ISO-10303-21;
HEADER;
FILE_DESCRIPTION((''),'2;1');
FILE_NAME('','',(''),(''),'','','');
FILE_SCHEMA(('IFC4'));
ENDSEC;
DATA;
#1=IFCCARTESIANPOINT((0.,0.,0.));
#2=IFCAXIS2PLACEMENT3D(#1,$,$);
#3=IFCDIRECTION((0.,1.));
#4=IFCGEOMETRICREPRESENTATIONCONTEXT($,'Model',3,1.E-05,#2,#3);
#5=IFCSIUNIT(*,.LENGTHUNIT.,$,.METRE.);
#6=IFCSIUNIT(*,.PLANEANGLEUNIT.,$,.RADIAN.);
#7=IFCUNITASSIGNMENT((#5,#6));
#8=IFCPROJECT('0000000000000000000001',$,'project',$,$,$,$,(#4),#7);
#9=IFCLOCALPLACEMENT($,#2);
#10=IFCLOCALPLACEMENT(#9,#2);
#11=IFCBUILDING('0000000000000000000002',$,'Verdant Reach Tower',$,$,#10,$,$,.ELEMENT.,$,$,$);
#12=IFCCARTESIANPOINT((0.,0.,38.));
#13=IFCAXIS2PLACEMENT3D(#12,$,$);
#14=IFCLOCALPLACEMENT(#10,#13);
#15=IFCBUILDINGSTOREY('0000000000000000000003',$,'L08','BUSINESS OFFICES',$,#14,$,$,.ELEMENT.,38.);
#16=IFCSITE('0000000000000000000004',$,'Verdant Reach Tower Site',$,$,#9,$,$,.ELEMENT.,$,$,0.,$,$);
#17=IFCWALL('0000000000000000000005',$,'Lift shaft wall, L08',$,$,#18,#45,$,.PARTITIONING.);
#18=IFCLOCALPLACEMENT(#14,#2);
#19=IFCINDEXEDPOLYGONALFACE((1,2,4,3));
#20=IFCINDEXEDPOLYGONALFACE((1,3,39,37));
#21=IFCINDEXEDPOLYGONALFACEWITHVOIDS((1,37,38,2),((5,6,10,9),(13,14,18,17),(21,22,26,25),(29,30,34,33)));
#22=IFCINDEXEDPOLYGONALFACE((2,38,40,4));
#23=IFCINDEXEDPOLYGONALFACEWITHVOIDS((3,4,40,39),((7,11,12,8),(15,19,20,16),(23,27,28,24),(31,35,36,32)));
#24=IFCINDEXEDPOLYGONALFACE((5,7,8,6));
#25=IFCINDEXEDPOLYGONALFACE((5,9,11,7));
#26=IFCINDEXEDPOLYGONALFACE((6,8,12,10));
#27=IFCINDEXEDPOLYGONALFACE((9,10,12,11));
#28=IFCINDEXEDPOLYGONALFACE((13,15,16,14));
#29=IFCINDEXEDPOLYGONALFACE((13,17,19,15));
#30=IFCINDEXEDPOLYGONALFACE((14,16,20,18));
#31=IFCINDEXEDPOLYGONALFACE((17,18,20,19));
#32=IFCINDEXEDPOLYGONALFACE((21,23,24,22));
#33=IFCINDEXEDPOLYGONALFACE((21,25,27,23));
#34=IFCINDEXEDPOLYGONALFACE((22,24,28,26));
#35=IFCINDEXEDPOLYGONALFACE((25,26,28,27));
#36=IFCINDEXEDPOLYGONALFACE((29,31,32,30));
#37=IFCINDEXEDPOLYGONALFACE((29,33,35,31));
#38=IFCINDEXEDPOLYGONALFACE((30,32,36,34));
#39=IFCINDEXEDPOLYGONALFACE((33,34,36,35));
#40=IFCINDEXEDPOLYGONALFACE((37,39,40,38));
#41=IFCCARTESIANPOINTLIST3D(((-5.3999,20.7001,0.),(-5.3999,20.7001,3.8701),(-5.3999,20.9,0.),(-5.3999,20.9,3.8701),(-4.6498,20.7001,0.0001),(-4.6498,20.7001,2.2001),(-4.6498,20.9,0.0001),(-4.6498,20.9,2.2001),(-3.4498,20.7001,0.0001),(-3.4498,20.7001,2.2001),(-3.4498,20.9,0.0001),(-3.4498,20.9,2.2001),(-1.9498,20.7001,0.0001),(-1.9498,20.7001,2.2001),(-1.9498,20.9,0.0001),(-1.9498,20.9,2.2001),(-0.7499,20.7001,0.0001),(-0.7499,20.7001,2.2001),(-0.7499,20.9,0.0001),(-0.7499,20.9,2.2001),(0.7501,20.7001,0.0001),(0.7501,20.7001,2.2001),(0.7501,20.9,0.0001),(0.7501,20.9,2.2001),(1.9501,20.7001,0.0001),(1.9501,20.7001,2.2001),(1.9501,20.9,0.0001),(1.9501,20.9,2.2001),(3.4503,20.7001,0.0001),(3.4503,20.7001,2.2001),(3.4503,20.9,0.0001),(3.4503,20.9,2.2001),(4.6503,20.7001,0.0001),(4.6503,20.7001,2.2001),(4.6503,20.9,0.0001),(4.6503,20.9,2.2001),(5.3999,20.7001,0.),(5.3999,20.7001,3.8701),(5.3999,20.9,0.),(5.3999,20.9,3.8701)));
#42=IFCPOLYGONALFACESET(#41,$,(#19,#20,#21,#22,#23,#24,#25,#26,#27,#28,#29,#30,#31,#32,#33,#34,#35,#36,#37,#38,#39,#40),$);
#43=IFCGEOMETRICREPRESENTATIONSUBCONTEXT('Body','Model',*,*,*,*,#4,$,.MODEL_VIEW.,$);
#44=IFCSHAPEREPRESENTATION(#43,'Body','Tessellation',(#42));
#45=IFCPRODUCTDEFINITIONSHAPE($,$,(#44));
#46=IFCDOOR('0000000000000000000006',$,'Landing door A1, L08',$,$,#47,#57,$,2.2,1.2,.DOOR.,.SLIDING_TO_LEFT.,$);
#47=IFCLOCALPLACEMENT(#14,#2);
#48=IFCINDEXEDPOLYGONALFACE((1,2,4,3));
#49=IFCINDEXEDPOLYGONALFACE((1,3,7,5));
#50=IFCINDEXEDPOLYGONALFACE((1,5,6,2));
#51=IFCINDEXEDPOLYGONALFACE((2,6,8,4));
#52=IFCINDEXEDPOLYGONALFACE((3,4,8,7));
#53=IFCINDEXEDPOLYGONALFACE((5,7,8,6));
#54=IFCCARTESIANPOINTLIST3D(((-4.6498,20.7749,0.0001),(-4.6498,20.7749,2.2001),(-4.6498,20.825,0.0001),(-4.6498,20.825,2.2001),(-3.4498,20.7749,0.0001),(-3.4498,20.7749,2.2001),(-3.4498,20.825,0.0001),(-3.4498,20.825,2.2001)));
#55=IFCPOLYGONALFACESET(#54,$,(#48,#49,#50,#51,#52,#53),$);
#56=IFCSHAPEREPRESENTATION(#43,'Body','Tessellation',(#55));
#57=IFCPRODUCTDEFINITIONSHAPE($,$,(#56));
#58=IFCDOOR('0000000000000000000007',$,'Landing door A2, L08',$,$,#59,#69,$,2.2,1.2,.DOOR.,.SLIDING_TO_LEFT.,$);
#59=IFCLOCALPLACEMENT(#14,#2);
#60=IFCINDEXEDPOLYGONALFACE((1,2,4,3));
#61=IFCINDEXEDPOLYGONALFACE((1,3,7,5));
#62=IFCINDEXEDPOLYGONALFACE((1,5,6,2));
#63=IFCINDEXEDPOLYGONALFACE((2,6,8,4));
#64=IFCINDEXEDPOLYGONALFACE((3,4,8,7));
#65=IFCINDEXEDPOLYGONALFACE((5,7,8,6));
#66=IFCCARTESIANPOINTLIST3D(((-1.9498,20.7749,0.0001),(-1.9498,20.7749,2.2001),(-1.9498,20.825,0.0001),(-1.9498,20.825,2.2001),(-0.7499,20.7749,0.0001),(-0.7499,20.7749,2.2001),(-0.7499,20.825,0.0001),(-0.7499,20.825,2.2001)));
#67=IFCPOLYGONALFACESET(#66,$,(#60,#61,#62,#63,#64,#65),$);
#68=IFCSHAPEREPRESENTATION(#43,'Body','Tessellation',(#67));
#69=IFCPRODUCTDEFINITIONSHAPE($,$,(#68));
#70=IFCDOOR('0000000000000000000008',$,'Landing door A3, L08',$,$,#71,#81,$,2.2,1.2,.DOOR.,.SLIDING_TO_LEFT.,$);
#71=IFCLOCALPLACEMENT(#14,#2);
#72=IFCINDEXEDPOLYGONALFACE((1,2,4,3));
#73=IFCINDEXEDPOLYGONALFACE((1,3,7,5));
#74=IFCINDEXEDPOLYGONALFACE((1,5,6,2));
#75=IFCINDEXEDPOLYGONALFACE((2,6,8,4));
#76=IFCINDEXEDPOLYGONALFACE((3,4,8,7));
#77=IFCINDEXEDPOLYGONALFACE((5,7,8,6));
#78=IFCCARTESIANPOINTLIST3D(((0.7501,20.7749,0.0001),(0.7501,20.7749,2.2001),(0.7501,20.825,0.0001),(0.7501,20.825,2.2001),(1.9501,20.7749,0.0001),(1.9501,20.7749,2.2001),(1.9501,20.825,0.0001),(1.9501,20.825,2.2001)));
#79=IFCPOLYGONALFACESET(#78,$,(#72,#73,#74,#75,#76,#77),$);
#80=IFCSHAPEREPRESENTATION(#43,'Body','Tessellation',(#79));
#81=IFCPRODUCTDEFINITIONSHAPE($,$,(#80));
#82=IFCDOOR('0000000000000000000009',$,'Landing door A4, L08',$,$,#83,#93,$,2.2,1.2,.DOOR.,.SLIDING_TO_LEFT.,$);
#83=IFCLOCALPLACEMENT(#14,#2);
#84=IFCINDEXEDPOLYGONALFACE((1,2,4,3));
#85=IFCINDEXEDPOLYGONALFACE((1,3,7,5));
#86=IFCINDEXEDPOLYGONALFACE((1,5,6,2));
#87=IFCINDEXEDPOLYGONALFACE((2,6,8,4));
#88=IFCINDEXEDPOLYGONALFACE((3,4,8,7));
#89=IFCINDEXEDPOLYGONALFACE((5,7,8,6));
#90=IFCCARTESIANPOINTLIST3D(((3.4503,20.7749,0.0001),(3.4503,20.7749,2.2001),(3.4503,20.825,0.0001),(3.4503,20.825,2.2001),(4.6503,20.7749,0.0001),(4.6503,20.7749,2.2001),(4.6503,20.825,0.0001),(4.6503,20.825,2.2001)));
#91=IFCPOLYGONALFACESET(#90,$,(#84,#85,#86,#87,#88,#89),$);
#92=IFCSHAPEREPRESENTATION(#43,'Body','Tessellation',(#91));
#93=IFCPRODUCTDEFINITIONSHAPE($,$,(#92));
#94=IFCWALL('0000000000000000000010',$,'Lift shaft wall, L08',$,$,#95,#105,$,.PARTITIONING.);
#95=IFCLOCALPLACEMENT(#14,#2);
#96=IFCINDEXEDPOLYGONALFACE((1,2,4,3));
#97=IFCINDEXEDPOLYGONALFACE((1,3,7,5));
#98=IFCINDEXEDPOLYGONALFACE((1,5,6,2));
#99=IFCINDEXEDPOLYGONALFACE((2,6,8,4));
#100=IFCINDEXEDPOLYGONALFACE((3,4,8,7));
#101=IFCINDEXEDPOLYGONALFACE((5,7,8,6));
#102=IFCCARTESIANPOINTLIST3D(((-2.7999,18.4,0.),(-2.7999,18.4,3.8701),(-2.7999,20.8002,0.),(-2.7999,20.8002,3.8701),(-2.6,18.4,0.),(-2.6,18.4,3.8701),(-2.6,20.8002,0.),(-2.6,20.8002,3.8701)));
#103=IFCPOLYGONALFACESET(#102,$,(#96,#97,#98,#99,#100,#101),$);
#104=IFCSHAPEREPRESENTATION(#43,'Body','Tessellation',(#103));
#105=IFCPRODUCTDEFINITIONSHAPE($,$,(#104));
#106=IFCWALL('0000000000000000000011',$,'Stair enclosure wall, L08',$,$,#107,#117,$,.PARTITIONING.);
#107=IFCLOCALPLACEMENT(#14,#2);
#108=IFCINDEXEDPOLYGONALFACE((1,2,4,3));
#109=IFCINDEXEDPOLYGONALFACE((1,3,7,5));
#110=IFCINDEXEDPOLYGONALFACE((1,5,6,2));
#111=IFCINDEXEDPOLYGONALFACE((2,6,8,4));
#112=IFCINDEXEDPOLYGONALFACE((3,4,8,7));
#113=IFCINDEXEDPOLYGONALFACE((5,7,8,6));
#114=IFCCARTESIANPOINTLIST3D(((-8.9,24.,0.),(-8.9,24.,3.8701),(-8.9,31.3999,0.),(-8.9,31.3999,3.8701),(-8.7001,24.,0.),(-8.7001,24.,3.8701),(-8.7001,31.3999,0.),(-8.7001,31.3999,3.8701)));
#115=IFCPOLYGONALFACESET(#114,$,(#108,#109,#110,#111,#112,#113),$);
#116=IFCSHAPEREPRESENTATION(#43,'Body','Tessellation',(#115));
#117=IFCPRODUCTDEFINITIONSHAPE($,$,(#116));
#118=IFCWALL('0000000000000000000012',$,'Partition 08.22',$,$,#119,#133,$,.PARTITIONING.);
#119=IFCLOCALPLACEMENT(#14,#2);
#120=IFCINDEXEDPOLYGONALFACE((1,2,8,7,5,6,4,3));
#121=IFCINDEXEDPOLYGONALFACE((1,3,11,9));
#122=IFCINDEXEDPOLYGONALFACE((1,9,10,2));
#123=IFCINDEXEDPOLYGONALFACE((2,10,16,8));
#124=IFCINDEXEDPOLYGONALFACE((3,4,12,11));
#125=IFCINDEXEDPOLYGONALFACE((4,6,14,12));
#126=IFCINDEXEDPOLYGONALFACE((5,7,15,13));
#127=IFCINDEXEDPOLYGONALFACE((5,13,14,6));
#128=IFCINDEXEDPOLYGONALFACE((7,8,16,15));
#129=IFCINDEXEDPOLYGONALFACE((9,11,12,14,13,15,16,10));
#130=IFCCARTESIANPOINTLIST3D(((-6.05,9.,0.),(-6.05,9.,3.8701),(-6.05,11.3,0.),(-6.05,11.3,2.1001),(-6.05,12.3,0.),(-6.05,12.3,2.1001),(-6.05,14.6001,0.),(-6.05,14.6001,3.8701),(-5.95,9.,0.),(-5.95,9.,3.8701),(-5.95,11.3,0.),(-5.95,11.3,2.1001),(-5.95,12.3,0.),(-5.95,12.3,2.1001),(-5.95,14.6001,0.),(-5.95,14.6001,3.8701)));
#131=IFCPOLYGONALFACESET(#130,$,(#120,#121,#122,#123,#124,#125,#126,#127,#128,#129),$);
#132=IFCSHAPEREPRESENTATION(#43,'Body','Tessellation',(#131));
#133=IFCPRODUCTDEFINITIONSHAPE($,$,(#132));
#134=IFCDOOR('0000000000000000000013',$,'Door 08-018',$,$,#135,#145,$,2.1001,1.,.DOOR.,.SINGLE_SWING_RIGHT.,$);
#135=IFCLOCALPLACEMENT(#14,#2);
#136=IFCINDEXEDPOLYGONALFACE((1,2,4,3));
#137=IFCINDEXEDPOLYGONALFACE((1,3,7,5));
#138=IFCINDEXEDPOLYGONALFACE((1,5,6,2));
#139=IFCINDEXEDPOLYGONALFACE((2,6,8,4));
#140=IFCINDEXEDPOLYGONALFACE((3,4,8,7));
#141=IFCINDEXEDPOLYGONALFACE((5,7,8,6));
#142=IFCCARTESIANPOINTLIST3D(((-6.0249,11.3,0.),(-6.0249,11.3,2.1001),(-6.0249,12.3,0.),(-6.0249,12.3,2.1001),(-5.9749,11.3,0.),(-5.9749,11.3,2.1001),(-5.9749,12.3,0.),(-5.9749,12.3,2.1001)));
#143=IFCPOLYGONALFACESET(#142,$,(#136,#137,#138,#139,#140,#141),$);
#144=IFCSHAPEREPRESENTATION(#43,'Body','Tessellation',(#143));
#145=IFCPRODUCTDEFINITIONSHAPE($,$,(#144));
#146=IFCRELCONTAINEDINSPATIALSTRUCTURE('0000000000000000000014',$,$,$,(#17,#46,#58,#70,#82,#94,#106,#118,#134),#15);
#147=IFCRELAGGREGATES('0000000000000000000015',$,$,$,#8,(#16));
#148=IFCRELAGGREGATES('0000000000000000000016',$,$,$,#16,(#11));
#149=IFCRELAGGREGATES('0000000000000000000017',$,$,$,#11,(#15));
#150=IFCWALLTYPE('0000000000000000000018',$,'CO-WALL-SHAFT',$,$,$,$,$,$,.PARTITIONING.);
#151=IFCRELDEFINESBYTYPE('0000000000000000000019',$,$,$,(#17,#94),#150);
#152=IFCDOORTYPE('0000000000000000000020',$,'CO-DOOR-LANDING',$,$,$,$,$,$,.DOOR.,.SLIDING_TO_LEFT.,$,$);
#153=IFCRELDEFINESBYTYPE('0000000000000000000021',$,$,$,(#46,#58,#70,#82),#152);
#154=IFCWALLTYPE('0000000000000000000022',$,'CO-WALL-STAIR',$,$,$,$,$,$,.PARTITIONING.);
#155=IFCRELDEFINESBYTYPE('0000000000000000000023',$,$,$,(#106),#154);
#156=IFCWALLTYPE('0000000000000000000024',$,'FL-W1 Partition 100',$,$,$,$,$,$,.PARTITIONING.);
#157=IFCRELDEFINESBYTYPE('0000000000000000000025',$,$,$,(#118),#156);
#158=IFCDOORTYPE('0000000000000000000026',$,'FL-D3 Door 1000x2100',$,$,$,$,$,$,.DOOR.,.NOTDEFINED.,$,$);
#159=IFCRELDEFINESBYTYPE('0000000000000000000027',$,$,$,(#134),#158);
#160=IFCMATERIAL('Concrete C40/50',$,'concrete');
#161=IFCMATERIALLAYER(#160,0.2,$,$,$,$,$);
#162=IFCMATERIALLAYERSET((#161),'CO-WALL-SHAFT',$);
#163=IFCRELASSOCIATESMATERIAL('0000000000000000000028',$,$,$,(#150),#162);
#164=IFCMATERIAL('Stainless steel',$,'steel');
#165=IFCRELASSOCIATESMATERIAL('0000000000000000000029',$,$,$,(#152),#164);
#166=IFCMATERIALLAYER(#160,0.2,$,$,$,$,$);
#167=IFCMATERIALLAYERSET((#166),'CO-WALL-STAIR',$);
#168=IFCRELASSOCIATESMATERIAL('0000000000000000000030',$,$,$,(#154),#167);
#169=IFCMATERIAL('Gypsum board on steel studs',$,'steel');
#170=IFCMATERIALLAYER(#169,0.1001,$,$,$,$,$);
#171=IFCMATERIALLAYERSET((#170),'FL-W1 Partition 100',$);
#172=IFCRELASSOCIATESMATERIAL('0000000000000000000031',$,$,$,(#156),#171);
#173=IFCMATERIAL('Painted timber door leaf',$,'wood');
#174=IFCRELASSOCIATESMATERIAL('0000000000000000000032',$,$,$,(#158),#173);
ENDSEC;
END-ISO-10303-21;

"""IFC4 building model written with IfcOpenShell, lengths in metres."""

from ifc_helpers import new_model, si_unit, direction, frame, frame_2d, origin, place, context, subcontext, project, spatial, rectangle, extrude, material, layer, layer_set, type_object, element, fill, save


model = new_model("IFC4")

# Units and contexts
model_context = context("Model", 3, precision=1e-05, world=origin(), true_north=direction((0.0, 1.0)))
body_context = subcontext(model_context, "Body", "Model", "MODEL_VIEW")
ifc_project = project(units=[si_unit("LENGTHUNIT", "METRE"), si_unit("PLANEANGLEUNIT", "RADIAN")], contexts=[model_context])

# Site, building, storey
site_placement = place(None, origin())
site = spatial("IfcSite", under=ifc_project, at=site_placement, Name="Verdant Reach Tower Site", CompositionType="ELEMENT", RefElevation=0.0)
building_placement = place(site_placement, origin())
building = spatial("IfcBuilding", under=site, at=building_placement, Name="Verdant Reach Tower", CompositionType="ELEMENT")
storey_placement = place(building_placement, frame((0.0, 0.0, 38.0)))
storey = spatial("IfcBuildingStorey", under=building, at=storey_placement, Name="L08", Description="BUSINESS OFFICES", CompositionType="ELEMENT", Elevation=38.0)

# Shared definitions
ifc_material_1 = material(Name="Gypsum board on steel studs", Category="steel")

# Wall, openings, doors
ifc_material_2 = material(Name="Concrete C40/50", Category="concrete")
ifc_layer_1 = layer(ifc_material_2, 0.2)
ifc_layer_set_1 = layer_set([ifc_layer_1], Name="CO-WALL-SHAFT")
wall_type_1 = type_object("IfcWallType", Name="CO-WALL-SHAFT", PredefinedType="PARTITIONING", material=ifc_layer_set_1)
wall_1_placement = place(storey_placement, frame((-5.3999, 20.8, 0.0), z_axis=(0.0, 0.0, 1.0), x_axis=(1.0, 0.0, 0.0)))
wall_1 = element("IfcWall", 1, at=wall_1_placement, inside=storey, type_object=wall_type_1, Name="Lift shaft wall, L08", PredefinedType="PARTITIONING", context=body_context, shape_type="SweptSolid", body=[
    extrude(rectangle(XDim=10.7998, YDim=0.2, at=frame_2d((5.3999, 0.0))), origin(), (0.0, 0.0, 1.0), 3.8701),
])
opening_1_placement = place(wall_1_placement, frame((0.75, 0.0, 0.0)))
opening_1 = element("IfcOpeningElement", 2, at=opening_1_placement, cuts=wall_1, PredefinedType="OPENING", context=body_context, shape_type="SweptSolid", body=[
    extrude(rectangle(XDim=1.2, YDim=2.2, at=frame_2d((0.6001, 1.1001))), frame((0.0, 0.1099, 0.0), z_axis=(0.0, -1.0, 0.0), x_axis=(1.0, 0.0, 0.0)), (0.0, 0.0, 1.0), 0.22),
])
opening_2_placement = place(wall_1_placement, frame((3.45, 0.0, 0.0)))
opening_2 = element("IfcOpeningElement", 3, at=opening_2_placement, cuts=wall_1, PredefinedType="OPENING", context=body_context, shape_type="SweptSolid", body=[
    extrude(rectangle(XDim=1.2, YDim=2.2, at=frame_2d((0.6001, 1.1001))), frame((0.0, 0.1099, 0.0), z_axis=(0.0, -1.0, 0.0), x_axis=(1.0, 0.0, 0.0)), (0.0, 0.0, 1.0), 0.22),
])
opening_3_placement = place(wall_1_placement, frame((6.1499, 0.0, 0.0)))
opening_3 = element("IfcOpeningElement", 4, at=opening_3_placement, cuts=wall_1, PredefinedType="OPENING", context=body_context, shape_type="SweptSolid", body=[
    extrude(rectangle(XDim=1.2, YDim=2.2, at=frame_2d((0.6001, 1.1001))), frame((0.0, 0.1099, 0.0), z_axis=(0.0, -1.0, 0.0), x_axis=(1.0, 0.0, 0.0)), (0.0, 0.0, 1.0), 0.22),
])
opening_4_placement = place(wall_1_placement, frame((8.8501, 0.0, 0.0)))
opening_4 = element("IfcOpeningElement", 5, at=opening_4_placement, cuts=wall_1, PredefinedType="OPENING", context=body_context, shape_type="SweptSolid", body=[
    extrude(rectangle(XDim=1.2, YDim=2.2, at=frame_2d((0.6001, 1.1001))), frame((0.0, 0.1099, 0.0), z_axis=(0.0, -1.0, 0.0), x_axis=(1.0, 0.0, 0.0)), (0.0, 0.0, 1.0), 0.22),
])
ifc_material_3 = material(Name="Stainless steel", Category="steel")
door_type_1 = type_object("IfcDoorType", Name="CO-DOOR-LANDING", OperationType="SLIDING_TO_LEFT", PredefinedType="DOOR", material=ifc_material_3)
door_1_placement = place(opening_1_placement, origin())
door_1 = element("IfcDoor", 6, at=door_1_placement, inside=storey, type_object=door_type_1, Name="Landing door A1, L08", OperationType="SLIDING_TO_LEFT", OverallHeight=2.2, OverallWidth=1.2, PredefinedType="DOOR", context=body_context, shape_type="SweptSolid", body=[
    extrude(rectangle(XDim=1.2, YDim=2.2, at=frame_2d((0.6001, 1.1001))), frame((0.0, 0.0249, 0.0), z_axis=(0.0, -1.0, 0.0), x_axis=(1.0, 0.0, 0.0)), (0.0, 0.0, 1.0), 0.05),
])
fill(opening_1, door_1)
door_2_placement = place(opening_2_placement, origin())
door_2 = element("IfcDoor", 7, at=door_2_placement, inside=storey, type_object=door_type_1, Name="Landing door A2, L08", OperationType="SLIDING_TO_LEFT", OverallHeight=2.2, OverallWidth=1.2, PredefinedType="DOOR", context=body_context, shape_type="SweptSolid", body=[
    extrude(rectangle(XDim=1.2, YDim=2.2, at=frame_2d((0.6001, 1.1001))), frame((0.0, 0.0249, 0.0), z_axis=(0.0, -1.0, 0.0), x_axis=(1.0, 0.0, 0.0)), (0.0, 0.0, 1.0), 0.05),
])
fill(opening_2, door_2)
door_3_placement = place(opening_3_placement, origin())
door_3 = element("IfcDoor", 8, at=door_3_placement, inside=storey, type_object=door_type_1, Name="Landing door A3, L08", OperationType="SLIDING_TO_LEFT", OverallHeight=2.2, OverallWidth=1.2, PredefinedType="DOOR", context=body_context, shape_type="SweptSolid", body=[
    extrude(rectangle(XDim=1.2, YDim=2.2, at=frame_2d((0.6001, 1.1001))), frame((0.0, 0.0249, 0.0), z_axis=(0.0, -1.0, 0.0), x_axis=(1.0, 0.0, 0.0)), (0.0, 0.0, 1.0), 0.05),
])
fill(opening_3, door_3)
door_4_placement = place(opening_4_placement, origin())
door_4 = element("IfcDoor", 9, at=door_4_placement, inside=storey, type_object=door_type_1, Name="Landing door A4, L08", OperationType="SLIDING_TO_LEFT", OverallHeight=2.2, OverallWidth=1.2, PredefinedType="DOOR", context=body_context, shape_type="SweptSolid", body=[
    extrude(rectangle(XDim=1.2, YDim=2.2, at=frame_2d((0.6001, 1.1001))), frame((0.0, 0.0249, 0.0), z_axis=(0.0, -1.0, 0.0), x_axis=(1.0, 0.0, 0.0)), (0.0, 0.0, 1.0), 0.05),
])
fill(opening_4, door_4)

# Walls
wall_2_placement = place(storey_placement, frame((-2.7, 18.3999, 0.0), z_axis=(0.0, 0.0, 1.0), x_axis=(0.0, 1.0, 0.0)))
element("IfcWall", 10, at=wall_2_placement, inside=storey, type_object=wall_type_1, Name="Lift shaft wall, L08", PredefinedType="PARTITIONING", context=body_context, shape_type="SweptSolid", body=[
    extrude(rectangle(XDim=2.4001, YDim=0.2, at=frame_2d((1.2002, 0.0))), origin(), (0.0, 0.0, 1.0), 3.8701),
])
ifc_layer_2 = layer(ifc_material_2, 0.2)
ifc_layer_set_2 = layer_set([ifc_layer_2], Name="CO-WALL-STAIR")
wall_type_2 = type_object("IfcWallType", Name="CO-WALL-STAIR", PredefinedType="PARTITIONING", material=ifc_layer_set_2)
wall_3_placement = place(storey_placement, frame((-8.8, 24.0, 0.0), z_axis=(0.0, 0.0, 1.0), x_axis=(0.0, 1.0, 0.0)))
element("IfcWall", 11, at=wall_3_placement, inside=storey, type_object=wall_type_2, Name="Stair enclosure wall, L08", PredefinedType="PARTITIONING", context=body_context, shape_type="SweptSolid", body=[
    extrude(rectangle(XDim=7.3999, YDim=0.2, at=frame_2d((3.7, 0.0))), origin(), (0.0, 0.0, 1.0), 3.8701),
])

# Wall, opening, door
ifc_layer_3 = layer(ifc_material_1, 0.1001)
ifc_layer_set_3 = layer_set([ifc_layer_3], Name="FL-W1 Partition 100")
wall_type_3 = type_object("IfcWallType", Name="FL-W1 Partition 100", PredefinedType="PARTITIONING", material=ifc_layer_set_3)
wall_4_placement = place(storey_placement, frame((-6.0, 9.0, 0.0), z_axis=(0.0, 0.0, 1.0), x_axis=(0.0, 1.0, 0.0)))
wall_4 = element("IfcWall", 12, at=wall_4_placement, inside=storey, type_object=wall_type_3, Name="Partition 08.22", PredefinedType="PARTITIONING", context=body_context, shape_type="SweptSolid", body=[
    extrude(rectangle(XDim=5.6001, YDim=0.1001, at=frame_2d((2.8, 0.0))), origin(), (0.0, 0.0, 1.0), 3.8701),
])
opening_5_placement = place(wall_4_placement, frame((2.3, 0.0, 0.0)))
opening_5 = element("IfcOpeningElement", 13, at=opening_5_placement, cuts=wall_4, PredefinedType="OPENING", context=body_context, shape_type="SweptSolid", body=[
    extrude(rectangle(XDim=1.0, YDim=2.1001, at=frame_2d((0.5, 1.05))), frame((0.0, 0.0601, 0.0), z_axis=(0.0, -1.0, 0.0), x_axis=(1.0, 0.0, 0.0)), (0.0, 0.0, 1.0), 0.1201),
])
ifc_material_4 = material(Name="Painted timber door leaf", Category="wood")
door_type_2 = type_object("IfcDoorType", Name="FL-D3 Door 1000x2100", OperationType="NOTDEFINED", PredefinedType="DOOR", material=ifc_material_4)
door_5_placement = place(opening_5_placement, origin())
door_5 = element("IfcDoor", 14, at=door_5_placement, inside=storey, type_object=door_type_2, Name="Door 08-018", OperationType="SINGLE_SWING_RIGHT", OverallHeight=2.1001, OverallWidth=1.0, PredefinedType="DOOR", context=body_context, shape_type="SweptSolid", body=[
    extrude(rectangle(XDim=1.0, YDim=2.1001, at=frame_2d((0.5, 1.05))), frame((0.0, 0.0249, 0.0), z_axis=(0.0, -1.0, 0.0), x_axis=(1.0, 0.0, 0.0)), (0.0, 0.0, 1.0), 0.05),
])
fill(opening_5, door_5)

save(model, "model.ifc")
